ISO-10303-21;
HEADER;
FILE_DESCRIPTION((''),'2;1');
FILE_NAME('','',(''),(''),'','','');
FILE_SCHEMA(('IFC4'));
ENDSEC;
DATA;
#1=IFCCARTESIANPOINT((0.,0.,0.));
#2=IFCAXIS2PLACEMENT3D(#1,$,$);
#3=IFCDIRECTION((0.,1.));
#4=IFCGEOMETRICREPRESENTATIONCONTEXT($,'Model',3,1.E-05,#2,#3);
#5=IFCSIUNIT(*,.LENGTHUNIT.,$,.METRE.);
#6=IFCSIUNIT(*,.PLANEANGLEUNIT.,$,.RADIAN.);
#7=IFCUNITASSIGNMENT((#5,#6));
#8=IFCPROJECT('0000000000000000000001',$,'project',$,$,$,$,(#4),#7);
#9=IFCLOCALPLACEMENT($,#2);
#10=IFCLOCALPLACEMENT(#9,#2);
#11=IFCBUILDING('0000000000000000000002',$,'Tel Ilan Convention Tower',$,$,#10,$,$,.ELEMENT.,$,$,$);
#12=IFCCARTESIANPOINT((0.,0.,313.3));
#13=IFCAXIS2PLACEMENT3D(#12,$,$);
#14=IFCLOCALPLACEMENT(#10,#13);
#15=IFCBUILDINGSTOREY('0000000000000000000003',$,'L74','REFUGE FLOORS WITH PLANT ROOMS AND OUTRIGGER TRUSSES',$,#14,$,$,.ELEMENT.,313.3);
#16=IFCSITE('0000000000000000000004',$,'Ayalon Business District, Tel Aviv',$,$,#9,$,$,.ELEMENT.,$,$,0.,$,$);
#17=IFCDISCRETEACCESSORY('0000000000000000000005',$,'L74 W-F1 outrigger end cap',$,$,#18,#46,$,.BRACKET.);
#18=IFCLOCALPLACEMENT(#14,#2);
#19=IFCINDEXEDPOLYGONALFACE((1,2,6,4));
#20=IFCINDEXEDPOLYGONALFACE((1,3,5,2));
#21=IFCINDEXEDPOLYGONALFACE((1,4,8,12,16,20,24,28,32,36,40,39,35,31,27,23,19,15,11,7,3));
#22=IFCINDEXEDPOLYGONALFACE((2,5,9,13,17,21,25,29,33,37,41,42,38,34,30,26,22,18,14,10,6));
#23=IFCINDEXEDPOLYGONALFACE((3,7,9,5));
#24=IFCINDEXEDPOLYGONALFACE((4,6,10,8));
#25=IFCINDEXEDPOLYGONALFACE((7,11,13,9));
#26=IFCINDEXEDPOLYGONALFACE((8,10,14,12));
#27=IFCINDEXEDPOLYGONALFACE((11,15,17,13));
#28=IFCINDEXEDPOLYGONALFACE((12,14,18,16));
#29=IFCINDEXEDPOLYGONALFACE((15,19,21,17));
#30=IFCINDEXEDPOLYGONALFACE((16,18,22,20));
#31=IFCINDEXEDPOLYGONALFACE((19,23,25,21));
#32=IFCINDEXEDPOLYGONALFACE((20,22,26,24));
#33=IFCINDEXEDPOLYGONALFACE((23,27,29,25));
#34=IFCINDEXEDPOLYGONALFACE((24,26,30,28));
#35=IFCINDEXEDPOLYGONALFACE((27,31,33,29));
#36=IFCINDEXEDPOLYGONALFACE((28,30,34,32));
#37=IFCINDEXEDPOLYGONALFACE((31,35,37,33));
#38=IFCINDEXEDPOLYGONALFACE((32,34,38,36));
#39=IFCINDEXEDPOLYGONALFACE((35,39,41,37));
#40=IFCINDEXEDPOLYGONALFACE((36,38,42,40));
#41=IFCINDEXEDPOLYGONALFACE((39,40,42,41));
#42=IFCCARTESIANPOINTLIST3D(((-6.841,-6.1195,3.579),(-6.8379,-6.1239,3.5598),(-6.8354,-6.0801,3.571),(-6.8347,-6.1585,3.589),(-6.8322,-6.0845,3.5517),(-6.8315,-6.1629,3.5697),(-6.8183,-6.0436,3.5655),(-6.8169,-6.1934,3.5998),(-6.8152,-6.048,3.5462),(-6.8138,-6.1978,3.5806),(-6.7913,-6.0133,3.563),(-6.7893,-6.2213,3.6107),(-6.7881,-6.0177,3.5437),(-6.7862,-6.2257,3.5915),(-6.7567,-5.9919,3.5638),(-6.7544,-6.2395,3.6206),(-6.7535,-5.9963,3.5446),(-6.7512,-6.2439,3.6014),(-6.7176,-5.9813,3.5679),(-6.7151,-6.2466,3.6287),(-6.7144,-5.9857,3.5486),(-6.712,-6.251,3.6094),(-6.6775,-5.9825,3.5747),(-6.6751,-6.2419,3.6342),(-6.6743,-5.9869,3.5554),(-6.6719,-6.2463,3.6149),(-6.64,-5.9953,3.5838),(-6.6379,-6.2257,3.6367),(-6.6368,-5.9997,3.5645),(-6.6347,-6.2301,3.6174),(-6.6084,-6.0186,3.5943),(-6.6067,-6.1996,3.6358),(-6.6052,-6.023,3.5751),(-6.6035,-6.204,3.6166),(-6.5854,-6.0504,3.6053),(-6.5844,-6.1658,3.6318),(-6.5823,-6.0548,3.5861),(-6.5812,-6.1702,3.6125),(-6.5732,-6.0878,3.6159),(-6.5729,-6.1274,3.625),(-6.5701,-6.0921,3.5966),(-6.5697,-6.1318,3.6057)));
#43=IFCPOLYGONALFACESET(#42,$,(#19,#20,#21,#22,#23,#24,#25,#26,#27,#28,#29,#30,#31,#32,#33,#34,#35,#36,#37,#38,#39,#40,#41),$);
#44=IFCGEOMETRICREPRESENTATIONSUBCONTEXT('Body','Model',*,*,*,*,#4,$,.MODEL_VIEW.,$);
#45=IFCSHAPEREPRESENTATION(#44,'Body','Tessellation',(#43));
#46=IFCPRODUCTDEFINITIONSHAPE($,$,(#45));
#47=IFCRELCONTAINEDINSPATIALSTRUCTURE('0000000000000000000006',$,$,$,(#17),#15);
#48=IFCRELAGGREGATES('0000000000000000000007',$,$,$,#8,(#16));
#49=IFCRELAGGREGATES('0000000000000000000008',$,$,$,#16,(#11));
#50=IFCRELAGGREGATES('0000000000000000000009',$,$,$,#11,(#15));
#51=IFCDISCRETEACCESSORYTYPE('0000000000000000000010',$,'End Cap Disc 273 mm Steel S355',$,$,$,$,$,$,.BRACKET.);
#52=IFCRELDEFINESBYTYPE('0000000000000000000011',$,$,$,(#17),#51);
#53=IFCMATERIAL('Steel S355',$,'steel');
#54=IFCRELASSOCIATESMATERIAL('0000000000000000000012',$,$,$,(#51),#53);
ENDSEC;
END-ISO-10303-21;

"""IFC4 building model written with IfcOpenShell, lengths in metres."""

from ifc_helpers import new_model, si_unit, direction, frame, origin, origin_2d, place, context, subcontext, project, spatial, circle, extrude, material, material_profile, profile_set, type_object, element, save


model = new_model("IFC4")

# Units and contexts
model_context = context("Model", 3, precision=1e-05, world=origin(), true_north=direction((0.0, 1.0)))
body_context = subcontext(model_context, "Body", "Model", "MODEL_VIEW")
ifc_project = project(units=[si_unit("LENGTHUNIT", "METRE"), si_unit("PLANEANGLEUNIT", "RADIAN")], contexts=[model_context])

# Site, building, storey
site_placement = place(None, origin())
site = spatial("IfcSite", under=ifc_project, at=site_placement, Name="Ayalon Business District, Tel Aviv", CompositionType="ELEMENT", RefElevation=0.0)
building_placement = place(site_placement, origin())
building = spatial("IfcBuilding", under=site, at=building_placement, Name="Tel Ilan Convention Tower", CompositionType="ELEMENT")
storey_placement = place(building_placement, frame((0.0, 0.0, 313.3)))
storey = spatial("IfcBuildingStorey", under=building, at=storey_placement, Name="L74", Description="REFUGE FLOORS WITH PLANT ROOMS AND OUTRIGGER TRUSSES", CompositionType="ELEMENT", Elevation=313.3)

# Discrete accessory
ifc_material_1 = material(Name="Steel S355", Category="steel")
ifc_material_profile_1 = material_profile(ifc_material_1, circle(Radius=0.1365, at=origin_2d()), Name="End Cap Disc 273 mm Steel S355")
ifc_profile_set_1 = profile_set([ifc_material_profile_1], Name="Steel S355")
discrete_accessory_type_1 = type_object("IfcDiscreteAccessoryType", Name="End Cap Disc 273 mm Steel S355", PredefinedType="BRACKET", material=ifc_profile_set_1)
discrete_accessory_1_placement = place(storey_placement, frame((-6.7031, -6.1179, 3.5806), z_axis=(-0.158419, 0.219349, 0.962699), x_axis=(-0.810679, -0.585491, 0.0)))
element("IfcDiscreteAccessory", 1, at=discrete_accessory_1_placement, inside=storey, type_object=discrete_accessory_type_1, Name="L74 W-F1 outrigger end cap", PredefinedType="BRACKET", context=body_context, shape_type="SweptSolid", body=[
    extrude(circle(Radius=0.1365, at=origin_2d()), origin(), (0.0, 0.0, 1.0), 0.02),
])

save(model, "model.ifc")
